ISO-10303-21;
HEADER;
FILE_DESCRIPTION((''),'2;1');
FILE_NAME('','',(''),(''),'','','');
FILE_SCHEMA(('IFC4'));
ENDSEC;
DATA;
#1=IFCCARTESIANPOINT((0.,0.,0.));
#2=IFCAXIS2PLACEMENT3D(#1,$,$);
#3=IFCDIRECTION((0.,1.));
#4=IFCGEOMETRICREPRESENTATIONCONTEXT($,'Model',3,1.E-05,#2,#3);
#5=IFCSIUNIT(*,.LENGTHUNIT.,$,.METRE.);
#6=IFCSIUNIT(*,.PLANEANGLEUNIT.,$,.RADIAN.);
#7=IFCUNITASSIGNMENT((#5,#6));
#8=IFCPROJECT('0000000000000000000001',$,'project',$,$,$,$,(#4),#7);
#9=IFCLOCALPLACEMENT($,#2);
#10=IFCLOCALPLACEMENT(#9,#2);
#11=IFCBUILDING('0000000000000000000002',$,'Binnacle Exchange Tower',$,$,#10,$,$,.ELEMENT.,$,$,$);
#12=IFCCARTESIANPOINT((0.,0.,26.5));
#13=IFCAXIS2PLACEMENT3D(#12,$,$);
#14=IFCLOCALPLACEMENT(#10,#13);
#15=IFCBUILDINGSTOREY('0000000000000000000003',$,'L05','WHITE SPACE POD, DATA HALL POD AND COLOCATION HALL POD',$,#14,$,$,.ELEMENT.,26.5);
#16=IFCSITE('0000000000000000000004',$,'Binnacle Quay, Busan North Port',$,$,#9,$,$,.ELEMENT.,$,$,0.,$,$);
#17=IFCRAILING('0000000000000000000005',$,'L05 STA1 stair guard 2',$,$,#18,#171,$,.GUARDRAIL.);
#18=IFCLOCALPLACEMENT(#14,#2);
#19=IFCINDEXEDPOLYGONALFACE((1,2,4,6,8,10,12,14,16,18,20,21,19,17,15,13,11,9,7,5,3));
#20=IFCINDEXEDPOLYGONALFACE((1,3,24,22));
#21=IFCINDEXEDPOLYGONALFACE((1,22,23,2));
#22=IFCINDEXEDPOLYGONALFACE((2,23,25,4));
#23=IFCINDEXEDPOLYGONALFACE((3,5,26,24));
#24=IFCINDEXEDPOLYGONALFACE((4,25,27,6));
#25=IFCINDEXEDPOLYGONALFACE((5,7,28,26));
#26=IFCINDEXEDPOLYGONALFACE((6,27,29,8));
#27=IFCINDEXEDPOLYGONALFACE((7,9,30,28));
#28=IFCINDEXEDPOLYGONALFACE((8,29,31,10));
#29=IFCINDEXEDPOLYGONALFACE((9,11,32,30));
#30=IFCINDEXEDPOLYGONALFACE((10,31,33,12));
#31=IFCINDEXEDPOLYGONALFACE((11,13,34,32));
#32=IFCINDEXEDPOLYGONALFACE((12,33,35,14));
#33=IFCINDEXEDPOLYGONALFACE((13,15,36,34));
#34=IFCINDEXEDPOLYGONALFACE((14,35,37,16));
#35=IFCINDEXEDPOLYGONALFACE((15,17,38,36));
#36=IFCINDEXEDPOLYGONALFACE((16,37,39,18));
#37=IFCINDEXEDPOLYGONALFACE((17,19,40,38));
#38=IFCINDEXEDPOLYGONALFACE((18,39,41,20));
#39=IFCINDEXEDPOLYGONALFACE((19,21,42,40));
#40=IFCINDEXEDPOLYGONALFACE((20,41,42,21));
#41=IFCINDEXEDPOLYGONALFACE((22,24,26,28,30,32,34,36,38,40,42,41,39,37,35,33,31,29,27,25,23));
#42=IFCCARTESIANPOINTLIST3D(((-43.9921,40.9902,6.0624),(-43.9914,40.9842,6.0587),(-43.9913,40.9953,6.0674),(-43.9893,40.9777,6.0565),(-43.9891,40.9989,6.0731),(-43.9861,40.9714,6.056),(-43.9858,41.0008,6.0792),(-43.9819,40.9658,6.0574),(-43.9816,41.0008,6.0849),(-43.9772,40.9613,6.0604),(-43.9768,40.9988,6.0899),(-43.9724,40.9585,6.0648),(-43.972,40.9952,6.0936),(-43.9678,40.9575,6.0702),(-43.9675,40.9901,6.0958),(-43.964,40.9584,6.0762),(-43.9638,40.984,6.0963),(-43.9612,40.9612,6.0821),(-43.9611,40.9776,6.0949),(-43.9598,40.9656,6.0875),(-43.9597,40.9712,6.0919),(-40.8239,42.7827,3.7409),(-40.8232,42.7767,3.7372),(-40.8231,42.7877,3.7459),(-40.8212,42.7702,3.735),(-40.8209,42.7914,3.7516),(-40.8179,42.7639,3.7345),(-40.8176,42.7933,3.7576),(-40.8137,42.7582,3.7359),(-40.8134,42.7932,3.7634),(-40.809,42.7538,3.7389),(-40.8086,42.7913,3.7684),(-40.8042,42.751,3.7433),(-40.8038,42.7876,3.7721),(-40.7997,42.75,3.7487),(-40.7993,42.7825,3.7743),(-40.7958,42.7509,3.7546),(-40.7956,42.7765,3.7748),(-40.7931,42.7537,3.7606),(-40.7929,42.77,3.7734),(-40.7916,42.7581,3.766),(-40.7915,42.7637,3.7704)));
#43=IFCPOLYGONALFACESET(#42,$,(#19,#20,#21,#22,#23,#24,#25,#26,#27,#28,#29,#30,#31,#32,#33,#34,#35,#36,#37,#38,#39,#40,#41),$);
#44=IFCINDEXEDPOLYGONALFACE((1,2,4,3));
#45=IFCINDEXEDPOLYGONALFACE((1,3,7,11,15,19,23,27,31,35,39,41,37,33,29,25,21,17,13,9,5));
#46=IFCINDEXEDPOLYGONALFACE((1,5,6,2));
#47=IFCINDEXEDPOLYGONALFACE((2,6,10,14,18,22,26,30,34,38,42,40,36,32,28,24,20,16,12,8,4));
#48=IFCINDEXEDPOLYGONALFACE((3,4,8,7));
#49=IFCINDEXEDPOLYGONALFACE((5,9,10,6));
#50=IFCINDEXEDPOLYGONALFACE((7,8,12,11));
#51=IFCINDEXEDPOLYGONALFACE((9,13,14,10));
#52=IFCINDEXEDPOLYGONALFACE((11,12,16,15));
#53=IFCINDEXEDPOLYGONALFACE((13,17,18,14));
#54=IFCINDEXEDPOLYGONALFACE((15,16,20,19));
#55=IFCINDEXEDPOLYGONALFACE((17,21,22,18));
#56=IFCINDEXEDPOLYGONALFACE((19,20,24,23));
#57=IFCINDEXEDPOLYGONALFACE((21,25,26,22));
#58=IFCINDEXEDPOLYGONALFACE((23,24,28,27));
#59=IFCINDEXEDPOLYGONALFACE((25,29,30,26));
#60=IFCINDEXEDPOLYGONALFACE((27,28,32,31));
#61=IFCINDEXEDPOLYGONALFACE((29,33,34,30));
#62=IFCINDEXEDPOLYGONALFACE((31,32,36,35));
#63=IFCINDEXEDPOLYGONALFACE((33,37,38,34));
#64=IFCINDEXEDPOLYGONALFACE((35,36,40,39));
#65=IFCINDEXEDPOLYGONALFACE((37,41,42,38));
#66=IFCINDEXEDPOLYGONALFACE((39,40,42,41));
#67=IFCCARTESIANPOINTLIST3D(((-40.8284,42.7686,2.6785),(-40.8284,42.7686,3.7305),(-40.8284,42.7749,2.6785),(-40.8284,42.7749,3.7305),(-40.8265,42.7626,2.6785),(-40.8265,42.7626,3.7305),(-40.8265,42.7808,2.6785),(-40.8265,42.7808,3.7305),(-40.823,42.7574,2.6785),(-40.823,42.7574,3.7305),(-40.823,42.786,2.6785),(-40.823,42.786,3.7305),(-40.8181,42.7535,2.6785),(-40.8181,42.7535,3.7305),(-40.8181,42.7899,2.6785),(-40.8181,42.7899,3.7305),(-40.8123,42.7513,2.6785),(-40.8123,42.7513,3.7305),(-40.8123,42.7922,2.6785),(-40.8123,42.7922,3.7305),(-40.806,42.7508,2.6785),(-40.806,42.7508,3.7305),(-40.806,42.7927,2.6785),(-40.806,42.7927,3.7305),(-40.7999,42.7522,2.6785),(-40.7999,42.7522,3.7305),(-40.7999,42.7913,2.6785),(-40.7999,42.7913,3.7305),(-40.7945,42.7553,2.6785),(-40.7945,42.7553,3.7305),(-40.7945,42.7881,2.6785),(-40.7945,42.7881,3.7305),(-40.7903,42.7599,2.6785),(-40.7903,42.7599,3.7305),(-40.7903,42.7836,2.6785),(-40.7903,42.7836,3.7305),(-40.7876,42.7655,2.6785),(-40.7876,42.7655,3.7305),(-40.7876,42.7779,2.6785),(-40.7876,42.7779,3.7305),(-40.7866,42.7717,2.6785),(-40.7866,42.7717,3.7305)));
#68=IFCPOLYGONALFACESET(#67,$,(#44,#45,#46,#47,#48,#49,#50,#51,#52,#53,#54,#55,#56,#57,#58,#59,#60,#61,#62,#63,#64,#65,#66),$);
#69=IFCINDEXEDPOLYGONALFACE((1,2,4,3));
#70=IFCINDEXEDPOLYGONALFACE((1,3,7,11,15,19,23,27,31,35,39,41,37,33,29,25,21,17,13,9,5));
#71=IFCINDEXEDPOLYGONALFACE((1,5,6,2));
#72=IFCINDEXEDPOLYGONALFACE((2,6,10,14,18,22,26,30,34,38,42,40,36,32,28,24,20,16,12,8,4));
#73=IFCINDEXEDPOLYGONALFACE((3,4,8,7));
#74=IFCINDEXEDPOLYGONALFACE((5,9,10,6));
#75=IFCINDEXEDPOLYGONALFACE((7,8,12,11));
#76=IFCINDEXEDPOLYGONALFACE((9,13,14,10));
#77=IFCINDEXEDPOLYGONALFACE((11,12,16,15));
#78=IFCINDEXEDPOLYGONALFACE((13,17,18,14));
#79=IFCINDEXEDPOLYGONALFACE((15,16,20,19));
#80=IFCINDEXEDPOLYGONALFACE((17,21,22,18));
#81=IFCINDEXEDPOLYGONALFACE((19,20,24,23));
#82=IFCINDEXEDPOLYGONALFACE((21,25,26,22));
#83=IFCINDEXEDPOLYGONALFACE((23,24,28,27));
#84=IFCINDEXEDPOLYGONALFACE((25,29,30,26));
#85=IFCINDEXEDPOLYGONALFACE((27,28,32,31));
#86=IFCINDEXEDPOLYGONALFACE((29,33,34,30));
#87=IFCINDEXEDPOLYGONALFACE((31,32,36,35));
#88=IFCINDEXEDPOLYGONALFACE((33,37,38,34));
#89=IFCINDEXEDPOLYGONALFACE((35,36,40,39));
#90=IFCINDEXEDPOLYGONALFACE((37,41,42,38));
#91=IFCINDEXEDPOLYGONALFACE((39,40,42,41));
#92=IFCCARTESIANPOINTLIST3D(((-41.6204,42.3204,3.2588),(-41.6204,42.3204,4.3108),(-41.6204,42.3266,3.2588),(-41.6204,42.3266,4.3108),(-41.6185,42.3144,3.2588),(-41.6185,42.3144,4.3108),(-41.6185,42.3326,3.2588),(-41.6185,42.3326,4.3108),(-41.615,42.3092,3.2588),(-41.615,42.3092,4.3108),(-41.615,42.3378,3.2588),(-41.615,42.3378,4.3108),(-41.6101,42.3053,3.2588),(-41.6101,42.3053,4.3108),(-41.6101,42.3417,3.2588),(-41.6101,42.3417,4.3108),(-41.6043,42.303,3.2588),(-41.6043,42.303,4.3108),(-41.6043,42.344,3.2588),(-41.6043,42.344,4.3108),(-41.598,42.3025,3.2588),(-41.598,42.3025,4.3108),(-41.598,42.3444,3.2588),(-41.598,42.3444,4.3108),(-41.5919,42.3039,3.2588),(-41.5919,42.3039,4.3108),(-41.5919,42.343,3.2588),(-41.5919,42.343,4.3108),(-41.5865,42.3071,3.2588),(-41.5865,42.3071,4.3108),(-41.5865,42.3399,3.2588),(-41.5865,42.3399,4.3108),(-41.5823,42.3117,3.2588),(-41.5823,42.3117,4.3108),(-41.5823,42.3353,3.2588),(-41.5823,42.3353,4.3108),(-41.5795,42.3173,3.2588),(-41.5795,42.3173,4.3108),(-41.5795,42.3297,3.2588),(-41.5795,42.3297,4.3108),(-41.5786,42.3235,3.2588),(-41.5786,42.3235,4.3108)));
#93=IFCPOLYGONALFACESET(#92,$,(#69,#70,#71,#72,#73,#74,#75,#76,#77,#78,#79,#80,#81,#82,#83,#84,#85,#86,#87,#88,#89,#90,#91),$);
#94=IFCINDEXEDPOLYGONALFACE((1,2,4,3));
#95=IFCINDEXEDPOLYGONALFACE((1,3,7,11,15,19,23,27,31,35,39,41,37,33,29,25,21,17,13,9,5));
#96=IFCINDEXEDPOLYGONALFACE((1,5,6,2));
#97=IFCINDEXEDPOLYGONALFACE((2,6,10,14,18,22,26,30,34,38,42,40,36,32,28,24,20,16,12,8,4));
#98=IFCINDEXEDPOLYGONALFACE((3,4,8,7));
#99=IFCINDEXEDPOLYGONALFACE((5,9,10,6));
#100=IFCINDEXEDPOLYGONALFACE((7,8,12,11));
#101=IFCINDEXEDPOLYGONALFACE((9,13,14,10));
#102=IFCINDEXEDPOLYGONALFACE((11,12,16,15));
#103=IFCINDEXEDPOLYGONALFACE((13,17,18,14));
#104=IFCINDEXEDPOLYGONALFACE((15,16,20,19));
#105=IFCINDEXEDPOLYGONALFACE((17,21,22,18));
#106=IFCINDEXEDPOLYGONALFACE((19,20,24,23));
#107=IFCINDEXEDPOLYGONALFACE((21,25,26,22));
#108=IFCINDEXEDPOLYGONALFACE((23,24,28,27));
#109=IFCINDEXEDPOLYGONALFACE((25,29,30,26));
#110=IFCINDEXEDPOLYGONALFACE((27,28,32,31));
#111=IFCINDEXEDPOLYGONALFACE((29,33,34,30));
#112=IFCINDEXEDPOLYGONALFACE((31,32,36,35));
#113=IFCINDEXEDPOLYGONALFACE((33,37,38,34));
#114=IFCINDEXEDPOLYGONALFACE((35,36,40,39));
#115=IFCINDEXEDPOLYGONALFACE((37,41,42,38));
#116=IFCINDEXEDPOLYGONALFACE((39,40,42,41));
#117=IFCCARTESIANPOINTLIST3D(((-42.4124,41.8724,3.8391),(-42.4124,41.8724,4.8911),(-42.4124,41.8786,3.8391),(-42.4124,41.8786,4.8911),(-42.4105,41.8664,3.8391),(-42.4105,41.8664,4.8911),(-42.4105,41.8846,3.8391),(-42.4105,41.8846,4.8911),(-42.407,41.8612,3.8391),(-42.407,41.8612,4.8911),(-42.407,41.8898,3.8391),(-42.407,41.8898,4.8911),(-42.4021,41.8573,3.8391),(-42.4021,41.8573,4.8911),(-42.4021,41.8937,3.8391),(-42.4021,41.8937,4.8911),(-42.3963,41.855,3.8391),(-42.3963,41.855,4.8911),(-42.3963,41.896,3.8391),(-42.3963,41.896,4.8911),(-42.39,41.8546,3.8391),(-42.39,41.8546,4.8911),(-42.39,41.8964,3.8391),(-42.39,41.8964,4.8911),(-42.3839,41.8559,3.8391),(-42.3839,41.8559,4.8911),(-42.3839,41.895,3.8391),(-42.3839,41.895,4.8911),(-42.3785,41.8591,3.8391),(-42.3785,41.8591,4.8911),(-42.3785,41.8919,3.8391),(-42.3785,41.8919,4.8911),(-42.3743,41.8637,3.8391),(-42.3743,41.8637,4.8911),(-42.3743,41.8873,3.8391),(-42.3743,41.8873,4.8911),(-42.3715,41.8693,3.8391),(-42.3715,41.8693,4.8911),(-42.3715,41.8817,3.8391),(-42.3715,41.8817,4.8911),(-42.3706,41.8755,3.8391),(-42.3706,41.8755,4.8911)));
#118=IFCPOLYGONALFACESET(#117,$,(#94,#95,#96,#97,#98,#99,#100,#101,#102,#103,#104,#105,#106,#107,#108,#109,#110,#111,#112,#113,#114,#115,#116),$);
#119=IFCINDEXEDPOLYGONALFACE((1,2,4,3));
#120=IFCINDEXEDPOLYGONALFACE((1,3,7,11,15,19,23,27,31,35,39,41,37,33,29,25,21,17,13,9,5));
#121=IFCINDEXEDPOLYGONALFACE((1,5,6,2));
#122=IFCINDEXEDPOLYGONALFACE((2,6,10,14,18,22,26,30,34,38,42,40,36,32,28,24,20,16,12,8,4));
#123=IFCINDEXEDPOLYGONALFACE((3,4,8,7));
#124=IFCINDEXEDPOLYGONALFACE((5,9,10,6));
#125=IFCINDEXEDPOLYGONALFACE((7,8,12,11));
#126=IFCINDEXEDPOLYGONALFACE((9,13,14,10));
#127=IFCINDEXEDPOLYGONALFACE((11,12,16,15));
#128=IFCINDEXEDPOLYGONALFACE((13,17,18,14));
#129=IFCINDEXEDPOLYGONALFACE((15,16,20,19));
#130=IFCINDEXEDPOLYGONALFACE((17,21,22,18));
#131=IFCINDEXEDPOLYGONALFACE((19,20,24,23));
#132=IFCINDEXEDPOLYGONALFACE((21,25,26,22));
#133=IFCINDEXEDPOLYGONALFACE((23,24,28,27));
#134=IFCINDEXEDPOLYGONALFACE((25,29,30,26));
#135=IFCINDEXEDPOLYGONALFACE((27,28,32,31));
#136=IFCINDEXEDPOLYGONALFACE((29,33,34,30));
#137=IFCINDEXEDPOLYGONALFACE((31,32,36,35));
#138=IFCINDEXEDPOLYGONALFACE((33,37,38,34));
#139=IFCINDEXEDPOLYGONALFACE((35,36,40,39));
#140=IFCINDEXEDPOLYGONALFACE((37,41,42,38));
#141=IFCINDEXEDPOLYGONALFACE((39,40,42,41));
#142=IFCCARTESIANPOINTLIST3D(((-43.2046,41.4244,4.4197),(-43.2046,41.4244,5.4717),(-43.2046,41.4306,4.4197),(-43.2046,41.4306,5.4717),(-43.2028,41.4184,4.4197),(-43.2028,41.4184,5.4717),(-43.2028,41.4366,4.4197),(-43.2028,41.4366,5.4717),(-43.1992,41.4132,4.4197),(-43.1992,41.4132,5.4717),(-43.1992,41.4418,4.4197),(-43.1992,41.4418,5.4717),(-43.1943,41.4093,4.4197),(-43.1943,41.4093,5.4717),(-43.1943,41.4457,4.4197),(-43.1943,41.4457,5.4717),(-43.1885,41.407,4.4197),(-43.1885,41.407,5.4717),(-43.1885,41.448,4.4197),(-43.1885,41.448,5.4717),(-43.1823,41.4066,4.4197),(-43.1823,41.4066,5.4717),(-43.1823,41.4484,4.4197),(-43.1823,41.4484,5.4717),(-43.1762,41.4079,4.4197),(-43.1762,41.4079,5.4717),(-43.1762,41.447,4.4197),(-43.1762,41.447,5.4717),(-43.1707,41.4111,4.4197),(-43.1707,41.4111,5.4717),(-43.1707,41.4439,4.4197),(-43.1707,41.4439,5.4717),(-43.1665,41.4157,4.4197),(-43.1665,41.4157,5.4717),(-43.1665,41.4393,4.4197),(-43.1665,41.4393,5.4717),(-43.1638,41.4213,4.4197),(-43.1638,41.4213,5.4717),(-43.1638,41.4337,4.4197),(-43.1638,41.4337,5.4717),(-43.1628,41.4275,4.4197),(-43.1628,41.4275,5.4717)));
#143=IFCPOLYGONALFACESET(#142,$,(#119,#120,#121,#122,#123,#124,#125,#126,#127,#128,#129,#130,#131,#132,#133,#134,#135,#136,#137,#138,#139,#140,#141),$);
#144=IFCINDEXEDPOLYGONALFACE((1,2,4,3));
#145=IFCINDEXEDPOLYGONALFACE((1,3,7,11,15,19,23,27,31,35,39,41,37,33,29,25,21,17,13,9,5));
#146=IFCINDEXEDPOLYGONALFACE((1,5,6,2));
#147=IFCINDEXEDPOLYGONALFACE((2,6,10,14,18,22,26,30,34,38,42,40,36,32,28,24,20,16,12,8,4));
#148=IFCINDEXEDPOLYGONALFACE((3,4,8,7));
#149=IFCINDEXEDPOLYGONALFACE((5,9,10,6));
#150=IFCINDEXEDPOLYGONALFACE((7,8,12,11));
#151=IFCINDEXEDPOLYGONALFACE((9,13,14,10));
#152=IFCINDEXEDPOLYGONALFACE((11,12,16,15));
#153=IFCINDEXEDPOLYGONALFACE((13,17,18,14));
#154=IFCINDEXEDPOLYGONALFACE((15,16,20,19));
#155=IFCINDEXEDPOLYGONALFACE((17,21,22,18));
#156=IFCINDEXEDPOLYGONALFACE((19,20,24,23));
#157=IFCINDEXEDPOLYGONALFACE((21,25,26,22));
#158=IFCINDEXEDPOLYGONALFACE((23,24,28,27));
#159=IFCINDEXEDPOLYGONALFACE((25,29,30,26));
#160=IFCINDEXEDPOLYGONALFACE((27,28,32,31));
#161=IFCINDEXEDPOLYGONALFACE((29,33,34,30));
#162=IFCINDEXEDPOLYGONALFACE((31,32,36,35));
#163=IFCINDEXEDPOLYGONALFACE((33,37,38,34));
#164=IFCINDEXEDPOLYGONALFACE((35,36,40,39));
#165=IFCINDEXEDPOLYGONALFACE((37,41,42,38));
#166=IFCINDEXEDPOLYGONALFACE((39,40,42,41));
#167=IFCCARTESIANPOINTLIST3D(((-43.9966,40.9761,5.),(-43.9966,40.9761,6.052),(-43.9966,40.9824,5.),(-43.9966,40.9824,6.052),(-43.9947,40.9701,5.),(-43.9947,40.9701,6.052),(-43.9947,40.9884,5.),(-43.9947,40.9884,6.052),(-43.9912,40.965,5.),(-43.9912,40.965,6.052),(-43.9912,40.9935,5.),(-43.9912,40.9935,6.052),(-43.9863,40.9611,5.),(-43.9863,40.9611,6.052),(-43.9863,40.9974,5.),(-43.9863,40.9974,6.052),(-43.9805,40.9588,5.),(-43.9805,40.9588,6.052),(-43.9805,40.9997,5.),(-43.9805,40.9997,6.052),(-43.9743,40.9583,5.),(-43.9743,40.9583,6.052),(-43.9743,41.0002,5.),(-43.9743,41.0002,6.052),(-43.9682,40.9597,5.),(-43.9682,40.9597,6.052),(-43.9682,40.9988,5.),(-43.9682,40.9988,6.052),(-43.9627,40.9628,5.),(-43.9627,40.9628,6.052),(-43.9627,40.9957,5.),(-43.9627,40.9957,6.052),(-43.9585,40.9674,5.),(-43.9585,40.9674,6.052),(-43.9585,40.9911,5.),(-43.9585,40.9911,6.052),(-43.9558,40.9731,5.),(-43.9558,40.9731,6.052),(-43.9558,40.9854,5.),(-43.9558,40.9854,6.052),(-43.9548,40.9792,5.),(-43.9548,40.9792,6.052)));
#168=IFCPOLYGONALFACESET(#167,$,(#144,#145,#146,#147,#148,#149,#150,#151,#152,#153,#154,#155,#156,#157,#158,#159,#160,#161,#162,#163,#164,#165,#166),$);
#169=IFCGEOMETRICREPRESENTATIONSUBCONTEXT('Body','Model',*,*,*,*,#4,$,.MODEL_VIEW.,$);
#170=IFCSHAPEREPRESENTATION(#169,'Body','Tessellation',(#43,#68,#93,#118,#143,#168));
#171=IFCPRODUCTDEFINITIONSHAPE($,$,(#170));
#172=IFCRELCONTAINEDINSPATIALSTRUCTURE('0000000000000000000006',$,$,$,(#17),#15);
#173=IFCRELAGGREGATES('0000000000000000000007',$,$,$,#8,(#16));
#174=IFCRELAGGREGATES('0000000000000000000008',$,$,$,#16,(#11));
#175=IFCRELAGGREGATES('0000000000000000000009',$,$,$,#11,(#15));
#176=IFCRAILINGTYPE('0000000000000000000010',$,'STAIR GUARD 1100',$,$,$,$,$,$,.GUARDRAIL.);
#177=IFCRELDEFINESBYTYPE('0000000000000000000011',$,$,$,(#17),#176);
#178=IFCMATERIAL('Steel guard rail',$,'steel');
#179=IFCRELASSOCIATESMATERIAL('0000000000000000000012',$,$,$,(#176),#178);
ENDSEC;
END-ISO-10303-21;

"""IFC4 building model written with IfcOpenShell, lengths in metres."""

from ifc_helpers import new_model, si_unit, direction, frame, origin, origin_2d, place, context, subcontext, project, spatial, circle, extrude, material, type_object, element, save


model = new_model("IFC4")

# Units and contexts
model_context = context("Model", 3, precision=1e-05, world=origin(), true_north=direction((0.0, 1.0)))
body_context = subcontext(model_context, "Body", "Model", "MODEL_VIEW")
ifc_project = project(units=[si_unit("LENGTHUNIT", "METRE"), si_unit("PLANEANGLEUNIT", "RADIAN")], contexts=[model_context])

# Site, building, storey
site_placement = place(None, origin())
site = spatial("IfcSite", under=ifc_project, at=site_placement, Name="Binnacle Quay, Busan North Port", CompositionType="ELEMENT", RefElevation=0.0)
building_placement = place(site_placement, origin())
building = spatial("IfcBuilding", under=site, at=building_placement, Name="Binnacle Exchange Tower", CompositionType="ELEMENT")
storey_placement = place(building_placement, frame((0.0, 0.0, 26.5)))
storey = spatial("IfcBuildingStorey", under=building, at=storey_placement, Name="L05", Description="WHITE SPACE POD, DATA HALL POD AND COLOCATION HALL POD", CompositionType="ELEMENT", Elevation=26.5)

# Railing
ifc_material_1 = material(Name="Steel guard rail", Category="steel")
railing_type_1 = type_object("IfcRailingType", Name="STAIR GUARD 1100", PredefinedType="GUARDRAIL", material=ifc_material_1)
railing_1_placement = place(storey_placement, frame((-40.8076, 42.7717, 2.6785)))
element("IfcRailing", 1, at=railing_1_placement, inside=storey, type_object=railing_type_1, Name="L05 STA1 stair guard 2", PredefinedType="GUARDRAIL", context=body_context, shape_type="SweptSolid", body=[
    extrude(circle(Radius=0.0239, at=origin_2d()), frame((0.0, 0.0, 1.0762), z_axis=(-0.733822, -0.415174, 0.537714), x_axis=(0.492422, -0.870357, 0.0)), (0.0, 0.0, 1.0), 4.3174),
    extrude(circle(Radius=0.021, at=origin_2d()), origin(), (0.0, 0.0, 1.0), 1.052),
    extrude(circle(Radius=0.021, at=origin_2d()), frame((-0.792, -0.4482, 0.5803)), (0.0, 0.0, 1.0), 1.052),
    extrude(circle(Radius=0.021, at=origin_2d()), frame((-1.584, -0.8962, 1.1606)), (0.0, 0.0, 1.0), 1.052),
    extrude(circle(Radius=0.021, at=origin_2d()), frame((-2.3762, -1.3442, 1.7412)), (0.0, 0.0, 1.0), 1.052),
    extrude(circle(Radius=0.021, at=origin_2d()), frame((-3.1682, -1.7925, 2.3215)), (0.0, 0.0, 1.0), 1.052),
])

save(model, "model.ifc")
